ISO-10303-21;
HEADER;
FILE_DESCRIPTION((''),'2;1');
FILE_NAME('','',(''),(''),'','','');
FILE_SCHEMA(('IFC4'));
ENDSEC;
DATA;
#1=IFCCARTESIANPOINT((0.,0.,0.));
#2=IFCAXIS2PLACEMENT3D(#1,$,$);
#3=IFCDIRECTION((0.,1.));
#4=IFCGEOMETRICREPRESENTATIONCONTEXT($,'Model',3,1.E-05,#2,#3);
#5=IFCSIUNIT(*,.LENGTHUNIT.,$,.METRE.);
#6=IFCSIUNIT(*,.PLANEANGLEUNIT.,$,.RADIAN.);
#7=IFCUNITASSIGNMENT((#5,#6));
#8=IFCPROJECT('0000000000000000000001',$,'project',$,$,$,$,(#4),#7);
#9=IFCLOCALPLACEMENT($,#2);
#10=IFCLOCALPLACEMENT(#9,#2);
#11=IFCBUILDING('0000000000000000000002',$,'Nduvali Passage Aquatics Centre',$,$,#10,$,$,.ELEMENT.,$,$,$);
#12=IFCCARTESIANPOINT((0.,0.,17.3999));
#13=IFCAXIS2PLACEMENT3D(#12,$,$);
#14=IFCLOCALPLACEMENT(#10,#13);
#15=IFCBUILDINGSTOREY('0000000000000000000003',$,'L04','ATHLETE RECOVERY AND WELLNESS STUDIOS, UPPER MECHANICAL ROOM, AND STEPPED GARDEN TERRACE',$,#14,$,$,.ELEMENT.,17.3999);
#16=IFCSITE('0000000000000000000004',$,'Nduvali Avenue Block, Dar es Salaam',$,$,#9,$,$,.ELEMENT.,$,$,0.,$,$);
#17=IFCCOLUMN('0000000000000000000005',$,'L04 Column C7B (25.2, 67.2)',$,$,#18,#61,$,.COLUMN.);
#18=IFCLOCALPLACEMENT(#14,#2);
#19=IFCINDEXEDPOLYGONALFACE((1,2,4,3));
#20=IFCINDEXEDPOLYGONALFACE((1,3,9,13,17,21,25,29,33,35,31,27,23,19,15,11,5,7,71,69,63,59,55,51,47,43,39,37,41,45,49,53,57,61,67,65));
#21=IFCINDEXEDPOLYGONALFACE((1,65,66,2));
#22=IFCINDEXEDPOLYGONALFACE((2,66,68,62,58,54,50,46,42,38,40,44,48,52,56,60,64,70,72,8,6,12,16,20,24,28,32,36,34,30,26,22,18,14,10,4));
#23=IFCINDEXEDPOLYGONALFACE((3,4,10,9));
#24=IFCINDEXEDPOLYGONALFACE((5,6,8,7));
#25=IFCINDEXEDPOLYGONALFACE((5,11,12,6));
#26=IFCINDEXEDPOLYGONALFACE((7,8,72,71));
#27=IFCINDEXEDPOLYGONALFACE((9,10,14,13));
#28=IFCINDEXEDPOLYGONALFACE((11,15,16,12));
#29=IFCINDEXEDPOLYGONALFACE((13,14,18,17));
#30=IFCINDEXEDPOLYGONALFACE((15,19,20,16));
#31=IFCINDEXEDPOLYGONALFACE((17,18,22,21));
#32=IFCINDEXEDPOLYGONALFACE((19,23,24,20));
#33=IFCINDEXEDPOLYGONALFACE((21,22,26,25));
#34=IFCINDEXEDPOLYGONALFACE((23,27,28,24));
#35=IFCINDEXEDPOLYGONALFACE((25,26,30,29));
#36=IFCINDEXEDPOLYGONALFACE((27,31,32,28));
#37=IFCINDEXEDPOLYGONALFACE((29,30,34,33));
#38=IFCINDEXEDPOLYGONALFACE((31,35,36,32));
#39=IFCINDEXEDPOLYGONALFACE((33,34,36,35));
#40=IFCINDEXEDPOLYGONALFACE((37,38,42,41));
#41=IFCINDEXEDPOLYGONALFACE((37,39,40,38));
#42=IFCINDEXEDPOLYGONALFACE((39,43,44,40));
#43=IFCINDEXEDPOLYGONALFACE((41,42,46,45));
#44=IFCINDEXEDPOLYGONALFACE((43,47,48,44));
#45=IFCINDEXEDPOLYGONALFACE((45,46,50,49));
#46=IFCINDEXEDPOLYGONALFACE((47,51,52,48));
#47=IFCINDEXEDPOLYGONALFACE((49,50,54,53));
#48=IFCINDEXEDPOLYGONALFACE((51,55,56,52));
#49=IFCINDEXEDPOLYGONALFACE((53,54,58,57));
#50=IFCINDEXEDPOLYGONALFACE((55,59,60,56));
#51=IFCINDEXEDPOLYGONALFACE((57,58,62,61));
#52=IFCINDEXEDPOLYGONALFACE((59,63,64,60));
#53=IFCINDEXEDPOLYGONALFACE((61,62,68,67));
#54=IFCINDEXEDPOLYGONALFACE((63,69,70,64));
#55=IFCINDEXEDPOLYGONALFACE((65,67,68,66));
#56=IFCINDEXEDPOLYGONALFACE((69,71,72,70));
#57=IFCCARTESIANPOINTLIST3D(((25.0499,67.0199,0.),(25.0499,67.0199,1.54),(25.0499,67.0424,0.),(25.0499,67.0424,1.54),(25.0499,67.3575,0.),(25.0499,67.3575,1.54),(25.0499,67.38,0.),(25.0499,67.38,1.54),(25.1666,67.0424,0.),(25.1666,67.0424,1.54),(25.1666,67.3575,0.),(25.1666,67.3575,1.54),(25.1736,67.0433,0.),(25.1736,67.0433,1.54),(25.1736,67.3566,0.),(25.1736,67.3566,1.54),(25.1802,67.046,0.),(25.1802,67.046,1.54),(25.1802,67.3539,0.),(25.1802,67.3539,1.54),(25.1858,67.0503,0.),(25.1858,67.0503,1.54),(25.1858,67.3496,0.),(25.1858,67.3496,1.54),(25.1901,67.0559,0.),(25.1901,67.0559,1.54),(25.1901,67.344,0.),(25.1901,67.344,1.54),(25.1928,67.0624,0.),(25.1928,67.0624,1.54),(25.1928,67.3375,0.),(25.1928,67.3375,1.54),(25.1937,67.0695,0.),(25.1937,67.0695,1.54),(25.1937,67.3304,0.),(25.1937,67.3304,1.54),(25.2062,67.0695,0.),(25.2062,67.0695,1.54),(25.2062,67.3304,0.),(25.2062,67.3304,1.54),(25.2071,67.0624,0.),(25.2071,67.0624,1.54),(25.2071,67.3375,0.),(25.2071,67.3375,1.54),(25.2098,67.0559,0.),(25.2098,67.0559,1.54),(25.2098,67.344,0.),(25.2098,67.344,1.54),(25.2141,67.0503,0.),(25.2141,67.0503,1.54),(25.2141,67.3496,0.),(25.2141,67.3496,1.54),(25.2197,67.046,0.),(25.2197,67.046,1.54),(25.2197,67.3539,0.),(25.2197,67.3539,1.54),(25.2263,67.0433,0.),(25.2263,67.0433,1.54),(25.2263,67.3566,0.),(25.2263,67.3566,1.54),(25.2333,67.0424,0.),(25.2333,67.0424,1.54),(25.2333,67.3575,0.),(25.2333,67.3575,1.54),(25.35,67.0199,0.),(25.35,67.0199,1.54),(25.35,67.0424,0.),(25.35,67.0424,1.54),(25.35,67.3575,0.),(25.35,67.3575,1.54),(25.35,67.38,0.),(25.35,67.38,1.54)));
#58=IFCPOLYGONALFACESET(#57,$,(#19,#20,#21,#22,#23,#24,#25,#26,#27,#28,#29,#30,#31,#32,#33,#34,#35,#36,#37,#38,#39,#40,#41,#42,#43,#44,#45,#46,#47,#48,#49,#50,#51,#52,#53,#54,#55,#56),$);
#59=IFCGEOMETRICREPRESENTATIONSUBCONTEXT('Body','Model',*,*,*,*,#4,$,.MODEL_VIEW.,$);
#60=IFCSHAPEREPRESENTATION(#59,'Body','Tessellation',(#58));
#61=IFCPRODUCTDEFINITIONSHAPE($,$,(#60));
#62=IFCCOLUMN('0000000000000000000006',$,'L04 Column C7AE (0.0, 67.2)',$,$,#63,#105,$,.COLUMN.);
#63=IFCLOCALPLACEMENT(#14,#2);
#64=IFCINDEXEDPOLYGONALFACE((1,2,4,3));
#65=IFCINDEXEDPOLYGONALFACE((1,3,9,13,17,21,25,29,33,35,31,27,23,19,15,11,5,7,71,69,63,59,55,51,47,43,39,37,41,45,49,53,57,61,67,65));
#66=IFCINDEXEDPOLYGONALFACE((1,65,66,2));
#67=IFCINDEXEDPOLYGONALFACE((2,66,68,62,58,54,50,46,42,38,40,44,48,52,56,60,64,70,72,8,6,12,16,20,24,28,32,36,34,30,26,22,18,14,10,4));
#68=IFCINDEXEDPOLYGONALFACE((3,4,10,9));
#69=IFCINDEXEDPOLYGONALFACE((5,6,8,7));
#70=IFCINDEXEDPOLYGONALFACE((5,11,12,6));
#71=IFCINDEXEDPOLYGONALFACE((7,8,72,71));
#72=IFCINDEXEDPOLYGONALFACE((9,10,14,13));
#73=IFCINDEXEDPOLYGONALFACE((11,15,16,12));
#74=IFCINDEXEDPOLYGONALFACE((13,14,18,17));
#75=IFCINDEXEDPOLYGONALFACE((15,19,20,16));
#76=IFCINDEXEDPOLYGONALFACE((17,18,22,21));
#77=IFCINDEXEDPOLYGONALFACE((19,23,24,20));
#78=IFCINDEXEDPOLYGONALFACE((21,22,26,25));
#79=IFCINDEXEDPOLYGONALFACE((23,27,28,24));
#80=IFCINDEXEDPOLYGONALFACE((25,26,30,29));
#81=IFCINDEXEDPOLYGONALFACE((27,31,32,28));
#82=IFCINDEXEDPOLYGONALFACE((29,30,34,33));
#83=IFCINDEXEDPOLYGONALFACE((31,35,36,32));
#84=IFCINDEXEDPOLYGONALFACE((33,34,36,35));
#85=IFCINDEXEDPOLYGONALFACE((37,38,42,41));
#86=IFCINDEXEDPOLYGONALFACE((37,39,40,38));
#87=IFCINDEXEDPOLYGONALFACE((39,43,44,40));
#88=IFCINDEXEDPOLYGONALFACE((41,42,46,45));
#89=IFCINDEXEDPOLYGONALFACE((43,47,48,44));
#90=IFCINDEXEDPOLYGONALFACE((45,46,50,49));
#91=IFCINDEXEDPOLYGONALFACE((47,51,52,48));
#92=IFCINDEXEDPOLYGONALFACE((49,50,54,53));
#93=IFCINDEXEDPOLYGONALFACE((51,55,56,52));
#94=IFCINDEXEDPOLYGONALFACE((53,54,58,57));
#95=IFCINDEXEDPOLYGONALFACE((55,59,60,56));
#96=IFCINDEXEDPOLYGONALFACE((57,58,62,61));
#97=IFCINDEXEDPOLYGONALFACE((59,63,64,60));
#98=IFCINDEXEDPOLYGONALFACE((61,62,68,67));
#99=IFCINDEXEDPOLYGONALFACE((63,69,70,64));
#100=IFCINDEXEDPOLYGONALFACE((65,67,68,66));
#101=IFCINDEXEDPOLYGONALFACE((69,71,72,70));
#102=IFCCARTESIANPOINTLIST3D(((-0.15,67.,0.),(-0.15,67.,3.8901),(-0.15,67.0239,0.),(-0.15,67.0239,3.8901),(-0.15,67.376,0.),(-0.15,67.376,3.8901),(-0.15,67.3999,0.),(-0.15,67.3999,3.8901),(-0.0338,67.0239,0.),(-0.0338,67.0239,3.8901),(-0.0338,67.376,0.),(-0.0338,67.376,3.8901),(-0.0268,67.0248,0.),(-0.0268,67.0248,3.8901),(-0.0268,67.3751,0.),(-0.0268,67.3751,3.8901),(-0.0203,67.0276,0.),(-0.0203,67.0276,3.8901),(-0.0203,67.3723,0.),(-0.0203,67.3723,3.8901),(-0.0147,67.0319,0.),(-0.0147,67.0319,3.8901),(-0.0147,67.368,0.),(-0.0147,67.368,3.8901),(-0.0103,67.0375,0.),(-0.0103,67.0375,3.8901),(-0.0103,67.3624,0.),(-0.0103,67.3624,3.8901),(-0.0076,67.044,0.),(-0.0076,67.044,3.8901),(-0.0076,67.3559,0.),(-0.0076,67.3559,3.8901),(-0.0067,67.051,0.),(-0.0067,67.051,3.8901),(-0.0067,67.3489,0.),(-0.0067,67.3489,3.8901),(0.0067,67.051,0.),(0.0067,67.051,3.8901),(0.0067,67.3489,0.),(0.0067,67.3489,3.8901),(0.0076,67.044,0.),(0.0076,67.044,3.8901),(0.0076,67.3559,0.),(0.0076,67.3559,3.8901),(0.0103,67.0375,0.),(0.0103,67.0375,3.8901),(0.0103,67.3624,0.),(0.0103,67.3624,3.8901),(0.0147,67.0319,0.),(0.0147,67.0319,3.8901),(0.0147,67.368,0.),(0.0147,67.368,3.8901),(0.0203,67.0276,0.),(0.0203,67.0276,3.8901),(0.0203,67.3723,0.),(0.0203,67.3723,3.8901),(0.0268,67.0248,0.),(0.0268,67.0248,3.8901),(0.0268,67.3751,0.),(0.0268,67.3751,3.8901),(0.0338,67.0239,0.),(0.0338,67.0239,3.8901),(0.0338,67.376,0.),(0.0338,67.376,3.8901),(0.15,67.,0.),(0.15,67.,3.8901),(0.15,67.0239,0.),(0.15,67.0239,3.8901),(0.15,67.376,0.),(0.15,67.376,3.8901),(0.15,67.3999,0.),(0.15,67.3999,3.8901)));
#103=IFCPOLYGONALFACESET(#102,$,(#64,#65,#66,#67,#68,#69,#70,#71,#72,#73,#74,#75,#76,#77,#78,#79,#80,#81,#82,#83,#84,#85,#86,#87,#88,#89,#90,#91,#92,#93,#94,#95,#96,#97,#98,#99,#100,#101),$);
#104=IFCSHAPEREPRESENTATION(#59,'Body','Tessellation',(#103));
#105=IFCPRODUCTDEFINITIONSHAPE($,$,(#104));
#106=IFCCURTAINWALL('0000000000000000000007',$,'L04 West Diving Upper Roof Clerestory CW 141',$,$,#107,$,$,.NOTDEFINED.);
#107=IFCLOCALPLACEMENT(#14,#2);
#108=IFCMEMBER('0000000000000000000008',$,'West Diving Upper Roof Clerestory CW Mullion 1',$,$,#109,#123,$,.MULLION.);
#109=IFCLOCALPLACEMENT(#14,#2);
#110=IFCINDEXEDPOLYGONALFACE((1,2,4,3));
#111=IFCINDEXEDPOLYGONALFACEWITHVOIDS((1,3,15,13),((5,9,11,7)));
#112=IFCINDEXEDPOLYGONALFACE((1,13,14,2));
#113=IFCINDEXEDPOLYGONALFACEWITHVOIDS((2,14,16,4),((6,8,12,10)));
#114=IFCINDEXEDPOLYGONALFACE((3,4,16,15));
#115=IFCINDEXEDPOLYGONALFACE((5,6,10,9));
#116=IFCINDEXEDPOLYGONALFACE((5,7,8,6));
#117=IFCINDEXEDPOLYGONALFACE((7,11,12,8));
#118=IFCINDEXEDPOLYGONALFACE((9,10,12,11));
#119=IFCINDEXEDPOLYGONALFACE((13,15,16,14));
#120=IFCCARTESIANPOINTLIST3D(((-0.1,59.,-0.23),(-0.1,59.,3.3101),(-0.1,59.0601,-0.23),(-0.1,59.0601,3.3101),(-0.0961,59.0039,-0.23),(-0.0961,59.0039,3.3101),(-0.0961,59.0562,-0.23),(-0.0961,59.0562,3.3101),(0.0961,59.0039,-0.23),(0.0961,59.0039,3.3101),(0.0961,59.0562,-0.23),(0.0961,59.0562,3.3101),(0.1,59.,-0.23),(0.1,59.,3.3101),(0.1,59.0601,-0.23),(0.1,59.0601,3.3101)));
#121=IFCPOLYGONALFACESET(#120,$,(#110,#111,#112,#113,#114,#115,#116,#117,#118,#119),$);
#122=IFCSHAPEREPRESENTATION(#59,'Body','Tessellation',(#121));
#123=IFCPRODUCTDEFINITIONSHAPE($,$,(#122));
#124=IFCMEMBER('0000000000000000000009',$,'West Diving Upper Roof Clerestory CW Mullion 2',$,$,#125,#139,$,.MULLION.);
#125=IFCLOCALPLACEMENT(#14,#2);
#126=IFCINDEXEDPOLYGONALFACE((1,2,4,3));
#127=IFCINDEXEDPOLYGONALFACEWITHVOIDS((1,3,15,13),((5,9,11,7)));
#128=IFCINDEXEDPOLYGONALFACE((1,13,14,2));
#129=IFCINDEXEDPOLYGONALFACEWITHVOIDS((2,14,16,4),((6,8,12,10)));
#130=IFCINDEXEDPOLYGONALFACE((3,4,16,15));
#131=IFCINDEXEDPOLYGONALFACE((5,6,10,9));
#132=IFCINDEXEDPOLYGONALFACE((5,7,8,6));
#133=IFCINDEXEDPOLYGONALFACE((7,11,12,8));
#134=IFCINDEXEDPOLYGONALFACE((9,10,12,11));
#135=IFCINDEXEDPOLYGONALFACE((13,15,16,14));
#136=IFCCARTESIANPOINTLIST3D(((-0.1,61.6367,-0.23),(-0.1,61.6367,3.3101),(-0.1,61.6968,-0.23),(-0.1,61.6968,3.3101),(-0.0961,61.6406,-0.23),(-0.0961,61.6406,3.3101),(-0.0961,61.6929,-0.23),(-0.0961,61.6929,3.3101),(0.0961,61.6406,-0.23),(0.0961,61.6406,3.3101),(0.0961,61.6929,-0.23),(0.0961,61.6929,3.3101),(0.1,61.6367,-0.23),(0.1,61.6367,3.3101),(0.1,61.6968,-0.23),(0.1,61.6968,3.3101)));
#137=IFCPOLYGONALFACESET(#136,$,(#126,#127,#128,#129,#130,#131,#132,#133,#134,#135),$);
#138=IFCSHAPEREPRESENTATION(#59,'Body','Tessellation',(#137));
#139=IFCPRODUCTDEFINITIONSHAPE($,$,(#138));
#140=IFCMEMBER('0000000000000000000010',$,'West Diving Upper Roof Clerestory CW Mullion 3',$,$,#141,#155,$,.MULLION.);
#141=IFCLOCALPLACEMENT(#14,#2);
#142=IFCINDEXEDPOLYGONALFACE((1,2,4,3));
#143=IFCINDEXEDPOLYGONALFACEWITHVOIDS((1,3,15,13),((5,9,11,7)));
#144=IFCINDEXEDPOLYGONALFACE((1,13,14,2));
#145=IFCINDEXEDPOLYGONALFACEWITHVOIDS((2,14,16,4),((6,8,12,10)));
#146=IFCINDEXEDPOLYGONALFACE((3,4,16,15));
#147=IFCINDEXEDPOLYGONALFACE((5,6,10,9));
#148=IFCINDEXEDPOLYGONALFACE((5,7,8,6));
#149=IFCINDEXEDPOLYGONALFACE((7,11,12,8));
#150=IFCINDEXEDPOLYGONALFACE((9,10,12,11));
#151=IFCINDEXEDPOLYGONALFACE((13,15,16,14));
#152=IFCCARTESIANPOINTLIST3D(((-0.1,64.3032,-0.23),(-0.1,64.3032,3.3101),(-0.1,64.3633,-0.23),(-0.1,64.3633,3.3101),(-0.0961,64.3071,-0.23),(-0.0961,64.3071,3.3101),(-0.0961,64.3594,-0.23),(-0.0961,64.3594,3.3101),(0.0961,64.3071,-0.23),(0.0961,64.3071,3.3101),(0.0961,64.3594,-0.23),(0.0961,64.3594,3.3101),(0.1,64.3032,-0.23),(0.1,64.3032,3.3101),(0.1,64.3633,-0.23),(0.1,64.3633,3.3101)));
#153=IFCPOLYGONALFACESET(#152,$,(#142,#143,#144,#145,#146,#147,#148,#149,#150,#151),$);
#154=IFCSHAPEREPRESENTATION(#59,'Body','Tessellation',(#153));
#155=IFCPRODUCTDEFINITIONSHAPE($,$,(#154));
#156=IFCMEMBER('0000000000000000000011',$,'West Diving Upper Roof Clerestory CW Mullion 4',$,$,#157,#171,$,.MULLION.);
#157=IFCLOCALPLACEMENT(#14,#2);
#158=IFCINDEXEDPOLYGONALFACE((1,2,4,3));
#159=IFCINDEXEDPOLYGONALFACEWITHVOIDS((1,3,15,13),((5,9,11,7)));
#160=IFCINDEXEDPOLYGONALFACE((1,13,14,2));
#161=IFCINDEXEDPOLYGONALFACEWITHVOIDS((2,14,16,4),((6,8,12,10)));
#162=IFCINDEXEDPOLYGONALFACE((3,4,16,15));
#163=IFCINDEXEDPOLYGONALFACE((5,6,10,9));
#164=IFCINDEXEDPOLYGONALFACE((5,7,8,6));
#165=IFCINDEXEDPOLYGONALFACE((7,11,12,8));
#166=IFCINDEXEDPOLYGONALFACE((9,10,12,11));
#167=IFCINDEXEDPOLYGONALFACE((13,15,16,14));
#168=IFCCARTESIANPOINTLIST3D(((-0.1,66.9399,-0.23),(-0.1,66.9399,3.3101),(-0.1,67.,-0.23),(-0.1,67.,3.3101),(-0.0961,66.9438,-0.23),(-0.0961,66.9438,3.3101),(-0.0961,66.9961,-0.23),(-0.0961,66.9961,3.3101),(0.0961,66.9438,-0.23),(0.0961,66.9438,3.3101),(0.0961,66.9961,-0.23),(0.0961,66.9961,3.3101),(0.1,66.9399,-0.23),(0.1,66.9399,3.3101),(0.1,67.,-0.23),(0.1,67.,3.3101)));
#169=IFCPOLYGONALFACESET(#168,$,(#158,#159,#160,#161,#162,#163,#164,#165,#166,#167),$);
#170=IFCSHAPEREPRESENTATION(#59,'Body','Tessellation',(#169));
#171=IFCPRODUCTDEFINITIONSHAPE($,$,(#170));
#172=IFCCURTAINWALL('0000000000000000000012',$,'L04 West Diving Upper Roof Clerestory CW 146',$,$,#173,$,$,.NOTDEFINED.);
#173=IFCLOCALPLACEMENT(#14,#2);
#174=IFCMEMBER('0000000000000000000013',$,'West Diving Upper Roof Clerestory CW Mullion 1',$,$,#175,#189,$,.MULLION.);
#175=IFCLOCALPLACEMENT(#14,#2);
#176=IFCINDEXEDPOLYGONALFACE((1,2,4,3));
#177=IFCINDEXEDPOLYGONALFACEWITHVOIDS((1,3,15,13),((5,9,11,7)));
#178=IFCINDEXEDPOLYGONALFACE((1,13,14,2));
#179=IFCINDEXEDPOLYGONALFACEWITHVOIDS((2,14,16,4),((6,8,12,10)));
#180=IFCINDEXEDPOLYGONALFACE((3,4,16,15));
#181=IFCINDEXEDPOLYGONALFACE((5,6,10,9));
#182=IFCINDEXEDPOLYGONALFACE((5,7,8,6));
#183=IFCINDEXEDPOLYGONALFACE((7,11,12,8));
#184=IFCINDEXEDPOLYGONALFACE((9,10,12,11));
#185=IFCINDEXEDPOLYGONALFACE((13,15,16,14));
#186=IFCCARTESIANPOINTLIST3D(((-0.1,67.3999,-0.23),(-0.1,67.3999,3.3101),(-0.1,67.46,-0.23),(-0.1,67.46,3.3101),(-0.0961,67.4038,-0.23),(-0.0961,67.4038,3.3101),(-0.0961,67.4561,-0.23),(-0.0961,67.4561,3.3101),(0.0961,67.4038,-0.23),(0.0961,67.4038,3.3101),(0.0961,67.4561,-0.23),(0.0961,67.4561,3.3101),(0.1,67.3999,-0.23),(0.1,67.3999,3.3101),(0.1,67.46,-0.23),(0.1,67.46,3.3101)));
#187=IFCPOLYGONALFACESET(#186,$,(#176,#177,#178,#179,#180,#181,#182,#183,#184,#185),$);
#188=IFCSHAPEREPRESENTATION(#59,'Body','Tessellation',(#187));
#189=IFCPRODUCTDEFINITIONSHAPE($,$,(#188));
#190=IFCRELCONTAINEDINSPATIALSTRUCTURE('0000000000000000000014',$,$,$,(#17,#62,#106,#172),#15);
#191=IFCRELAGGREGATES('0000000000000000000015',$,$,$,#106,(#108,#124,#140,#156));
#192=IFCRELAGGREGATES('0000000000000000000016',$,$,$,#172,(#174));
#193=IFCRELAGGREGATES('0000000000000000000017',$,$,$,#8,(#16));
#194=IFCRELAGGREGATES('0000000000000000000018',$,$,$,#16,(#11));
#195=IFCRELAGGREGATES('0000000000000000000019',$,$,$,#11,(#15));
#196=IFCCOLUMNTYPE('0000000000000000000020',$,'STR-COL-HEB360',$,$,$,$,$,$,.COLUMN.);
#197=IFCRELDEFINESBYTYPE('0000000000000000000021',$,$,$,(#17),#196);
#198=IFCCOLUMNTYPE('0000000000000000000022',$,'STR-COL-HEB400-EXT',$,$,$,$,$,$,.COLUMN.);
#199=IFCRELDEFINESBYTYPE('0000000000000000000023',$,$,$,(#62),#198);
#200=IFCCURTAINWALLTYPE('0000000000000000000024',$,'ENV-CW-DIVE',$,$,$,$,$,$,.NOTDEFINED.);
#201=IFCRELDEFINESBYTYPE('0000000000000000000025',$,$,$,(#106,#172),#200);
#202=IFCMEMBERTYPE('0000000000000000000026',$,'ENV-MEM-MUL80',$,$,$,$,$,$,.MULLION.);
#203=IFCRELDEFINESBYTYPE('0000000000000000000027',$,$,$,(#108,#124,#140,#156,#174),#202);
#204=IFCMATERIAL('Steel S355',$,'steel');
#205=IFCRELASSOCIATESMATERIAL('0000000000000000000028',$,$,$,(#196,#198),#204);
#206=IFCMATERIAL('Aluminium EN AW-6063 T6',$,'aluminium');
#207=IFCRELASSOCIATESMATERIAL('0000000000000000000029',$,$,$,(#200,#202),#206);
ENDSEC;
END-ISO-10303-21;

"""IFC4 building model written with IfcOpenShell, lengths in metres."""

from ifc_helpers import new_model, si_unit, direction, frame, origin, origin_2d, place, context, subcontext, project, spatial, hollow_rectangle, i_section, extrude, material, material_profile, profile_set, type_object, element, aggregate, save


model = new_model("IFC4")

# Units and contexts
model_context = context("Model", 3, precision=1e-05, world=origin(), true_north=direction((0.0, 1.0)))
body_context = subcontext(model_context, "Body", "Model", "MODEL_VIEW")
ifc_project = project(units=[si_unit("LENGTHUNIT", "METRE"), si_unit("PLANEANGLEUNIT", "RADIAN")], contexts=[model_context])

# Site, building, storey
site_placement = place(None, origin())
site = spatial("IfcSite", under=ifc_project, at=site_placement, Name="Nduvali Avenue Block, Dar es Salaam", CompositionType="ELEMENT", RefElevation=0.0)
building_placement = place(site_placement, origin())
building = spatial("IfcBuilding", under=site, at=building_placement, Name="Nduvali Passage Aquatics Centre", CompositionType="ELEMENT")
storey_placement = place(building_placement, frame((0.0, 0.0, 17.3999)))
storey = spatial("IfcBuildingStorey", under=building, at=storey_placement, Name="L04", Description="ATHLETE RECOVERY AND WELLNESS STUDIOS, UPPER MECHANICAL ROOM, AND STEPPED GARDEN TERRACE", CompositionType="ELEMENT", Elevation=17.3999)

# Columns
ifc_material_1 = material(Name="Steel S355", Category="steel")
ifc_material_profile_1 = material_profile(ifc_material_1, i_section(OverallWidth=0.3, OverallDepth=0.3601, WebThickness=0.0125, FlangeThickness=0.0225, FilletRadius=0.0271, at=origin_2d()), Name="HEB 360")
ifc_profile_set_1 = profile_set([ifc_material_profile_1], Name="Steel S355")
column_type_1 = type_object("IfcColumnType", Name="STR-COL-HEB360", PredefinedType="COLUMN", material=ifc_profile_set_1)
column_1_placement = place(storey_placement, frame((25.2, 67.2, 0.0), z_axis=(0.0, 0.0, 1.0), x_axis=(1.0, 0.0, 0.0)))
element("IfcColumn", 1, at=column_1_placement, inside=storey, type_object=column_type_1, Name="L04 Column C7B (25.2, 67.2)", PredefinedType="COLUMN", context=body_context, shape_type="SweptSolid", body=[
    extrude(i_section(OverallWidth=0.3, OverallDepth=0.3601, WebThickness=0.0125, FlangeThickness=0.0225, FilletRadius=0.0271, at=origin_2d()), origin(), (0.0, 0.0, 1.0), 1.54),
])
ifc_material_profile_2 = material_profile(ifc_material_1, i_section(OverallWidth=0.3, OverallDepth=0.3999, WebThickness=0.0134, FlangeThickness=0.0239, FilletRadius=0.0271, at=origin_2d()), Name="HEB 400")
ifc_profile_set_2 = profile_set([ifc_material_profile_2], Name="Steel S355")
column_type_2 = type_object("IfcColumnType", Name="STR-COL-HEB400-EXT", PredefinedType="COLUMN", material=ifc_profile_set_2)
column_2_placement = place(storey_placement, frame((0.0, 67.2, 0.0), z_axis=(0.0, 0.0, 1.0), x_axis=(1.0, 0.0, 0.0)))
element("IfcColumn", 2, at=column_2_placement, inside=storey, type_object=column_type_2, Name="L04 Column C7AE (0.0, 67.2)", PredefinedType="COLUMN", context=body_context, shape_type="SweptSolid", body=[
    extrude(i_section(OverallWidth=0.3, OverallDepth=0.3999, WebThickness=0.0134, FlangeThickness=0.0239, FilletRadius=0.0271, at=origin_2d()), origin(), (0.0, 0.0, 1.0), 3.8901),
])

# Curtain walls, members
ifc_material_2 = material(Name="Aluminium EN AW-6063 T6", Category="aluminium")
curtain_wall_type = type_object("IfcCurtainWallType", Name="ENV-CW-DIVE", PredefinedType="NOTDEFINED", material=ifc_material_2)
curtain_wall_1_placement = place(storey_placement, origin())
curtain_wall_1 = element("IfcCurtainWall", 3, at=curtain_wall_1_placement, inside=storey, type_object=curtain_wall_type, Name="L04 West Diving Upper Roof Clerestory CW 141", PredefinedType="NOTDEFINED")
ifc_material_profile_3 = material_profile(ifc_material_2, hollow_rectangle(XDim=0.0601, YDim=0.2, WallThickness=0.0039, at=origin_2d()), Name="ALU MULLION 60x200x4")
ifc_profile_set_3 = profile_set([ifc_material_profile_3], Name="Aluminium EN AW-6063 T6")
member_type_1 = type_object("IfcMemberType", Name="ENV-MEM-MUL80", PredefinedType="MULLION", material=ifc_profile_set_3)
member_1_placement = place(storey_placement, frame((0.0, 59.03, -0.23), z_axis=(0.0, 0.0, 1.0), x_axis=(0.0, 1.0, 0.0)))
member_1 = element("IfcMember", 4, at=member_1_placement, type_object=member_type_1, Name="West Diving Upper Roof Clerestory CW Mullion 1", PredefinedType="MULLION", context=body_context, shape_type="SweptSolid", body=[
    extrude(hollow_rectangle(XDim=0.0601, YDim=0.2, WallThickness=0.0039, at=origin_2d()), origin(), (0.0, 0.0, 1.0), 3.54),
])
member_2_placement = place(storey_placement, frame((0.0, 61.6667, -0.23), z_axis=(0.0, 0.0, 1.0), x_axis=(0.0, 1.0, 0.0)))
member_2 = element("IfcMember", 5, at=member_2_placement, type_object=member_type_1, Name="West Diving Upper Roof Clerestory CW Mullion 2", PredefinedType="MULLION", context=body_context, shape_type="SweptSolid", body=[
    extrude(hollow_rectangle(XDim=0.0601, YDim=0.2, WallThickness=0.0039, at=origin_2d()), origin(), (0.0, 0.0, 1.0), 3.54),
])
member_3_placement = place(storey_placement, frame((0.0, 64.3333, -0.23), z_axis=(0.0, 0.0, 1.0), x_axis=(0.0, 1.0, 0.0)))
member_3 = element("IfcMember", 6, at=member_3_placement, type_object=member_type_1, Name="West Diving Upper Roof Clerestory CW Mullion 3", PredefinedType="MULLION", context=body_context, shape_type="SweptSolid", body=[
    extrude(hollow_rectangle(XDim=0.0601, YDim=0.2, WallThickness=0.0039, at=origin_2d()), origin(), (0.0, 0.0, 1.0), 3.54),
])
member_4_placement = place(storey_placement, frame((0.0, 66.97, -0.23), z_axis=(0.0, 0.0, 1.0), x_axis=(0.0, 1.0, 0.0)))
member_4 = element("IfcMember", 7, at=member_4_placement, type_object=member_type_1, Name="West Diving Upper Roof Clerestory CW Mullion 4", PredefinedType="MULLION", context=body_context, shape_type="SweptSolid", body=[
    extrude(hollow_rectangle(XDim=0.0601, YDim=0.2, WallThickness=0.0039, at=origin_2d()), origin(), (0.0, 0.0, 1.0), 3.54),
])
curtain_wall_2_placement = place(storey_placement, origin())
curtain_wall_2 = element("IfcCurtainWall", 8, at=curtain_wall_2_placement, inside=storey, type_object=curtain_wall_type, Name="L04 West Diving Upper Roof Clerestory CW 146", PredefinedType="NOTDEFINED")
member_5_placement = place(storey_placement, frame((0.0, 67.4299, -0.23), z_axis=(0.0, 0.0, 1.0), x_axis=(0.0, 1.0, 0.0)))
member_5 = element("IfcMember", 9, at=member_5_placement, type_object=member_type_1, Name="West Diving Upper Roof Clerestory CW Mullion 1", PredefinedType="MULLION", context=body_context, shape_type="SweptSolid", body=[
    extrude(hollow_rectangle(XDim=0.0601, YDim=0.2, WallThickness=0.0039, at=origin_2d()), origin(), (0.0, 0.0, 1.0), 3.54),
])

aggregate(curtain_wall_1, [member_1, member_2, member_3, member_4])
aggregate(curtain_wall_2, [member_5])

save(model, "model.ifc")
